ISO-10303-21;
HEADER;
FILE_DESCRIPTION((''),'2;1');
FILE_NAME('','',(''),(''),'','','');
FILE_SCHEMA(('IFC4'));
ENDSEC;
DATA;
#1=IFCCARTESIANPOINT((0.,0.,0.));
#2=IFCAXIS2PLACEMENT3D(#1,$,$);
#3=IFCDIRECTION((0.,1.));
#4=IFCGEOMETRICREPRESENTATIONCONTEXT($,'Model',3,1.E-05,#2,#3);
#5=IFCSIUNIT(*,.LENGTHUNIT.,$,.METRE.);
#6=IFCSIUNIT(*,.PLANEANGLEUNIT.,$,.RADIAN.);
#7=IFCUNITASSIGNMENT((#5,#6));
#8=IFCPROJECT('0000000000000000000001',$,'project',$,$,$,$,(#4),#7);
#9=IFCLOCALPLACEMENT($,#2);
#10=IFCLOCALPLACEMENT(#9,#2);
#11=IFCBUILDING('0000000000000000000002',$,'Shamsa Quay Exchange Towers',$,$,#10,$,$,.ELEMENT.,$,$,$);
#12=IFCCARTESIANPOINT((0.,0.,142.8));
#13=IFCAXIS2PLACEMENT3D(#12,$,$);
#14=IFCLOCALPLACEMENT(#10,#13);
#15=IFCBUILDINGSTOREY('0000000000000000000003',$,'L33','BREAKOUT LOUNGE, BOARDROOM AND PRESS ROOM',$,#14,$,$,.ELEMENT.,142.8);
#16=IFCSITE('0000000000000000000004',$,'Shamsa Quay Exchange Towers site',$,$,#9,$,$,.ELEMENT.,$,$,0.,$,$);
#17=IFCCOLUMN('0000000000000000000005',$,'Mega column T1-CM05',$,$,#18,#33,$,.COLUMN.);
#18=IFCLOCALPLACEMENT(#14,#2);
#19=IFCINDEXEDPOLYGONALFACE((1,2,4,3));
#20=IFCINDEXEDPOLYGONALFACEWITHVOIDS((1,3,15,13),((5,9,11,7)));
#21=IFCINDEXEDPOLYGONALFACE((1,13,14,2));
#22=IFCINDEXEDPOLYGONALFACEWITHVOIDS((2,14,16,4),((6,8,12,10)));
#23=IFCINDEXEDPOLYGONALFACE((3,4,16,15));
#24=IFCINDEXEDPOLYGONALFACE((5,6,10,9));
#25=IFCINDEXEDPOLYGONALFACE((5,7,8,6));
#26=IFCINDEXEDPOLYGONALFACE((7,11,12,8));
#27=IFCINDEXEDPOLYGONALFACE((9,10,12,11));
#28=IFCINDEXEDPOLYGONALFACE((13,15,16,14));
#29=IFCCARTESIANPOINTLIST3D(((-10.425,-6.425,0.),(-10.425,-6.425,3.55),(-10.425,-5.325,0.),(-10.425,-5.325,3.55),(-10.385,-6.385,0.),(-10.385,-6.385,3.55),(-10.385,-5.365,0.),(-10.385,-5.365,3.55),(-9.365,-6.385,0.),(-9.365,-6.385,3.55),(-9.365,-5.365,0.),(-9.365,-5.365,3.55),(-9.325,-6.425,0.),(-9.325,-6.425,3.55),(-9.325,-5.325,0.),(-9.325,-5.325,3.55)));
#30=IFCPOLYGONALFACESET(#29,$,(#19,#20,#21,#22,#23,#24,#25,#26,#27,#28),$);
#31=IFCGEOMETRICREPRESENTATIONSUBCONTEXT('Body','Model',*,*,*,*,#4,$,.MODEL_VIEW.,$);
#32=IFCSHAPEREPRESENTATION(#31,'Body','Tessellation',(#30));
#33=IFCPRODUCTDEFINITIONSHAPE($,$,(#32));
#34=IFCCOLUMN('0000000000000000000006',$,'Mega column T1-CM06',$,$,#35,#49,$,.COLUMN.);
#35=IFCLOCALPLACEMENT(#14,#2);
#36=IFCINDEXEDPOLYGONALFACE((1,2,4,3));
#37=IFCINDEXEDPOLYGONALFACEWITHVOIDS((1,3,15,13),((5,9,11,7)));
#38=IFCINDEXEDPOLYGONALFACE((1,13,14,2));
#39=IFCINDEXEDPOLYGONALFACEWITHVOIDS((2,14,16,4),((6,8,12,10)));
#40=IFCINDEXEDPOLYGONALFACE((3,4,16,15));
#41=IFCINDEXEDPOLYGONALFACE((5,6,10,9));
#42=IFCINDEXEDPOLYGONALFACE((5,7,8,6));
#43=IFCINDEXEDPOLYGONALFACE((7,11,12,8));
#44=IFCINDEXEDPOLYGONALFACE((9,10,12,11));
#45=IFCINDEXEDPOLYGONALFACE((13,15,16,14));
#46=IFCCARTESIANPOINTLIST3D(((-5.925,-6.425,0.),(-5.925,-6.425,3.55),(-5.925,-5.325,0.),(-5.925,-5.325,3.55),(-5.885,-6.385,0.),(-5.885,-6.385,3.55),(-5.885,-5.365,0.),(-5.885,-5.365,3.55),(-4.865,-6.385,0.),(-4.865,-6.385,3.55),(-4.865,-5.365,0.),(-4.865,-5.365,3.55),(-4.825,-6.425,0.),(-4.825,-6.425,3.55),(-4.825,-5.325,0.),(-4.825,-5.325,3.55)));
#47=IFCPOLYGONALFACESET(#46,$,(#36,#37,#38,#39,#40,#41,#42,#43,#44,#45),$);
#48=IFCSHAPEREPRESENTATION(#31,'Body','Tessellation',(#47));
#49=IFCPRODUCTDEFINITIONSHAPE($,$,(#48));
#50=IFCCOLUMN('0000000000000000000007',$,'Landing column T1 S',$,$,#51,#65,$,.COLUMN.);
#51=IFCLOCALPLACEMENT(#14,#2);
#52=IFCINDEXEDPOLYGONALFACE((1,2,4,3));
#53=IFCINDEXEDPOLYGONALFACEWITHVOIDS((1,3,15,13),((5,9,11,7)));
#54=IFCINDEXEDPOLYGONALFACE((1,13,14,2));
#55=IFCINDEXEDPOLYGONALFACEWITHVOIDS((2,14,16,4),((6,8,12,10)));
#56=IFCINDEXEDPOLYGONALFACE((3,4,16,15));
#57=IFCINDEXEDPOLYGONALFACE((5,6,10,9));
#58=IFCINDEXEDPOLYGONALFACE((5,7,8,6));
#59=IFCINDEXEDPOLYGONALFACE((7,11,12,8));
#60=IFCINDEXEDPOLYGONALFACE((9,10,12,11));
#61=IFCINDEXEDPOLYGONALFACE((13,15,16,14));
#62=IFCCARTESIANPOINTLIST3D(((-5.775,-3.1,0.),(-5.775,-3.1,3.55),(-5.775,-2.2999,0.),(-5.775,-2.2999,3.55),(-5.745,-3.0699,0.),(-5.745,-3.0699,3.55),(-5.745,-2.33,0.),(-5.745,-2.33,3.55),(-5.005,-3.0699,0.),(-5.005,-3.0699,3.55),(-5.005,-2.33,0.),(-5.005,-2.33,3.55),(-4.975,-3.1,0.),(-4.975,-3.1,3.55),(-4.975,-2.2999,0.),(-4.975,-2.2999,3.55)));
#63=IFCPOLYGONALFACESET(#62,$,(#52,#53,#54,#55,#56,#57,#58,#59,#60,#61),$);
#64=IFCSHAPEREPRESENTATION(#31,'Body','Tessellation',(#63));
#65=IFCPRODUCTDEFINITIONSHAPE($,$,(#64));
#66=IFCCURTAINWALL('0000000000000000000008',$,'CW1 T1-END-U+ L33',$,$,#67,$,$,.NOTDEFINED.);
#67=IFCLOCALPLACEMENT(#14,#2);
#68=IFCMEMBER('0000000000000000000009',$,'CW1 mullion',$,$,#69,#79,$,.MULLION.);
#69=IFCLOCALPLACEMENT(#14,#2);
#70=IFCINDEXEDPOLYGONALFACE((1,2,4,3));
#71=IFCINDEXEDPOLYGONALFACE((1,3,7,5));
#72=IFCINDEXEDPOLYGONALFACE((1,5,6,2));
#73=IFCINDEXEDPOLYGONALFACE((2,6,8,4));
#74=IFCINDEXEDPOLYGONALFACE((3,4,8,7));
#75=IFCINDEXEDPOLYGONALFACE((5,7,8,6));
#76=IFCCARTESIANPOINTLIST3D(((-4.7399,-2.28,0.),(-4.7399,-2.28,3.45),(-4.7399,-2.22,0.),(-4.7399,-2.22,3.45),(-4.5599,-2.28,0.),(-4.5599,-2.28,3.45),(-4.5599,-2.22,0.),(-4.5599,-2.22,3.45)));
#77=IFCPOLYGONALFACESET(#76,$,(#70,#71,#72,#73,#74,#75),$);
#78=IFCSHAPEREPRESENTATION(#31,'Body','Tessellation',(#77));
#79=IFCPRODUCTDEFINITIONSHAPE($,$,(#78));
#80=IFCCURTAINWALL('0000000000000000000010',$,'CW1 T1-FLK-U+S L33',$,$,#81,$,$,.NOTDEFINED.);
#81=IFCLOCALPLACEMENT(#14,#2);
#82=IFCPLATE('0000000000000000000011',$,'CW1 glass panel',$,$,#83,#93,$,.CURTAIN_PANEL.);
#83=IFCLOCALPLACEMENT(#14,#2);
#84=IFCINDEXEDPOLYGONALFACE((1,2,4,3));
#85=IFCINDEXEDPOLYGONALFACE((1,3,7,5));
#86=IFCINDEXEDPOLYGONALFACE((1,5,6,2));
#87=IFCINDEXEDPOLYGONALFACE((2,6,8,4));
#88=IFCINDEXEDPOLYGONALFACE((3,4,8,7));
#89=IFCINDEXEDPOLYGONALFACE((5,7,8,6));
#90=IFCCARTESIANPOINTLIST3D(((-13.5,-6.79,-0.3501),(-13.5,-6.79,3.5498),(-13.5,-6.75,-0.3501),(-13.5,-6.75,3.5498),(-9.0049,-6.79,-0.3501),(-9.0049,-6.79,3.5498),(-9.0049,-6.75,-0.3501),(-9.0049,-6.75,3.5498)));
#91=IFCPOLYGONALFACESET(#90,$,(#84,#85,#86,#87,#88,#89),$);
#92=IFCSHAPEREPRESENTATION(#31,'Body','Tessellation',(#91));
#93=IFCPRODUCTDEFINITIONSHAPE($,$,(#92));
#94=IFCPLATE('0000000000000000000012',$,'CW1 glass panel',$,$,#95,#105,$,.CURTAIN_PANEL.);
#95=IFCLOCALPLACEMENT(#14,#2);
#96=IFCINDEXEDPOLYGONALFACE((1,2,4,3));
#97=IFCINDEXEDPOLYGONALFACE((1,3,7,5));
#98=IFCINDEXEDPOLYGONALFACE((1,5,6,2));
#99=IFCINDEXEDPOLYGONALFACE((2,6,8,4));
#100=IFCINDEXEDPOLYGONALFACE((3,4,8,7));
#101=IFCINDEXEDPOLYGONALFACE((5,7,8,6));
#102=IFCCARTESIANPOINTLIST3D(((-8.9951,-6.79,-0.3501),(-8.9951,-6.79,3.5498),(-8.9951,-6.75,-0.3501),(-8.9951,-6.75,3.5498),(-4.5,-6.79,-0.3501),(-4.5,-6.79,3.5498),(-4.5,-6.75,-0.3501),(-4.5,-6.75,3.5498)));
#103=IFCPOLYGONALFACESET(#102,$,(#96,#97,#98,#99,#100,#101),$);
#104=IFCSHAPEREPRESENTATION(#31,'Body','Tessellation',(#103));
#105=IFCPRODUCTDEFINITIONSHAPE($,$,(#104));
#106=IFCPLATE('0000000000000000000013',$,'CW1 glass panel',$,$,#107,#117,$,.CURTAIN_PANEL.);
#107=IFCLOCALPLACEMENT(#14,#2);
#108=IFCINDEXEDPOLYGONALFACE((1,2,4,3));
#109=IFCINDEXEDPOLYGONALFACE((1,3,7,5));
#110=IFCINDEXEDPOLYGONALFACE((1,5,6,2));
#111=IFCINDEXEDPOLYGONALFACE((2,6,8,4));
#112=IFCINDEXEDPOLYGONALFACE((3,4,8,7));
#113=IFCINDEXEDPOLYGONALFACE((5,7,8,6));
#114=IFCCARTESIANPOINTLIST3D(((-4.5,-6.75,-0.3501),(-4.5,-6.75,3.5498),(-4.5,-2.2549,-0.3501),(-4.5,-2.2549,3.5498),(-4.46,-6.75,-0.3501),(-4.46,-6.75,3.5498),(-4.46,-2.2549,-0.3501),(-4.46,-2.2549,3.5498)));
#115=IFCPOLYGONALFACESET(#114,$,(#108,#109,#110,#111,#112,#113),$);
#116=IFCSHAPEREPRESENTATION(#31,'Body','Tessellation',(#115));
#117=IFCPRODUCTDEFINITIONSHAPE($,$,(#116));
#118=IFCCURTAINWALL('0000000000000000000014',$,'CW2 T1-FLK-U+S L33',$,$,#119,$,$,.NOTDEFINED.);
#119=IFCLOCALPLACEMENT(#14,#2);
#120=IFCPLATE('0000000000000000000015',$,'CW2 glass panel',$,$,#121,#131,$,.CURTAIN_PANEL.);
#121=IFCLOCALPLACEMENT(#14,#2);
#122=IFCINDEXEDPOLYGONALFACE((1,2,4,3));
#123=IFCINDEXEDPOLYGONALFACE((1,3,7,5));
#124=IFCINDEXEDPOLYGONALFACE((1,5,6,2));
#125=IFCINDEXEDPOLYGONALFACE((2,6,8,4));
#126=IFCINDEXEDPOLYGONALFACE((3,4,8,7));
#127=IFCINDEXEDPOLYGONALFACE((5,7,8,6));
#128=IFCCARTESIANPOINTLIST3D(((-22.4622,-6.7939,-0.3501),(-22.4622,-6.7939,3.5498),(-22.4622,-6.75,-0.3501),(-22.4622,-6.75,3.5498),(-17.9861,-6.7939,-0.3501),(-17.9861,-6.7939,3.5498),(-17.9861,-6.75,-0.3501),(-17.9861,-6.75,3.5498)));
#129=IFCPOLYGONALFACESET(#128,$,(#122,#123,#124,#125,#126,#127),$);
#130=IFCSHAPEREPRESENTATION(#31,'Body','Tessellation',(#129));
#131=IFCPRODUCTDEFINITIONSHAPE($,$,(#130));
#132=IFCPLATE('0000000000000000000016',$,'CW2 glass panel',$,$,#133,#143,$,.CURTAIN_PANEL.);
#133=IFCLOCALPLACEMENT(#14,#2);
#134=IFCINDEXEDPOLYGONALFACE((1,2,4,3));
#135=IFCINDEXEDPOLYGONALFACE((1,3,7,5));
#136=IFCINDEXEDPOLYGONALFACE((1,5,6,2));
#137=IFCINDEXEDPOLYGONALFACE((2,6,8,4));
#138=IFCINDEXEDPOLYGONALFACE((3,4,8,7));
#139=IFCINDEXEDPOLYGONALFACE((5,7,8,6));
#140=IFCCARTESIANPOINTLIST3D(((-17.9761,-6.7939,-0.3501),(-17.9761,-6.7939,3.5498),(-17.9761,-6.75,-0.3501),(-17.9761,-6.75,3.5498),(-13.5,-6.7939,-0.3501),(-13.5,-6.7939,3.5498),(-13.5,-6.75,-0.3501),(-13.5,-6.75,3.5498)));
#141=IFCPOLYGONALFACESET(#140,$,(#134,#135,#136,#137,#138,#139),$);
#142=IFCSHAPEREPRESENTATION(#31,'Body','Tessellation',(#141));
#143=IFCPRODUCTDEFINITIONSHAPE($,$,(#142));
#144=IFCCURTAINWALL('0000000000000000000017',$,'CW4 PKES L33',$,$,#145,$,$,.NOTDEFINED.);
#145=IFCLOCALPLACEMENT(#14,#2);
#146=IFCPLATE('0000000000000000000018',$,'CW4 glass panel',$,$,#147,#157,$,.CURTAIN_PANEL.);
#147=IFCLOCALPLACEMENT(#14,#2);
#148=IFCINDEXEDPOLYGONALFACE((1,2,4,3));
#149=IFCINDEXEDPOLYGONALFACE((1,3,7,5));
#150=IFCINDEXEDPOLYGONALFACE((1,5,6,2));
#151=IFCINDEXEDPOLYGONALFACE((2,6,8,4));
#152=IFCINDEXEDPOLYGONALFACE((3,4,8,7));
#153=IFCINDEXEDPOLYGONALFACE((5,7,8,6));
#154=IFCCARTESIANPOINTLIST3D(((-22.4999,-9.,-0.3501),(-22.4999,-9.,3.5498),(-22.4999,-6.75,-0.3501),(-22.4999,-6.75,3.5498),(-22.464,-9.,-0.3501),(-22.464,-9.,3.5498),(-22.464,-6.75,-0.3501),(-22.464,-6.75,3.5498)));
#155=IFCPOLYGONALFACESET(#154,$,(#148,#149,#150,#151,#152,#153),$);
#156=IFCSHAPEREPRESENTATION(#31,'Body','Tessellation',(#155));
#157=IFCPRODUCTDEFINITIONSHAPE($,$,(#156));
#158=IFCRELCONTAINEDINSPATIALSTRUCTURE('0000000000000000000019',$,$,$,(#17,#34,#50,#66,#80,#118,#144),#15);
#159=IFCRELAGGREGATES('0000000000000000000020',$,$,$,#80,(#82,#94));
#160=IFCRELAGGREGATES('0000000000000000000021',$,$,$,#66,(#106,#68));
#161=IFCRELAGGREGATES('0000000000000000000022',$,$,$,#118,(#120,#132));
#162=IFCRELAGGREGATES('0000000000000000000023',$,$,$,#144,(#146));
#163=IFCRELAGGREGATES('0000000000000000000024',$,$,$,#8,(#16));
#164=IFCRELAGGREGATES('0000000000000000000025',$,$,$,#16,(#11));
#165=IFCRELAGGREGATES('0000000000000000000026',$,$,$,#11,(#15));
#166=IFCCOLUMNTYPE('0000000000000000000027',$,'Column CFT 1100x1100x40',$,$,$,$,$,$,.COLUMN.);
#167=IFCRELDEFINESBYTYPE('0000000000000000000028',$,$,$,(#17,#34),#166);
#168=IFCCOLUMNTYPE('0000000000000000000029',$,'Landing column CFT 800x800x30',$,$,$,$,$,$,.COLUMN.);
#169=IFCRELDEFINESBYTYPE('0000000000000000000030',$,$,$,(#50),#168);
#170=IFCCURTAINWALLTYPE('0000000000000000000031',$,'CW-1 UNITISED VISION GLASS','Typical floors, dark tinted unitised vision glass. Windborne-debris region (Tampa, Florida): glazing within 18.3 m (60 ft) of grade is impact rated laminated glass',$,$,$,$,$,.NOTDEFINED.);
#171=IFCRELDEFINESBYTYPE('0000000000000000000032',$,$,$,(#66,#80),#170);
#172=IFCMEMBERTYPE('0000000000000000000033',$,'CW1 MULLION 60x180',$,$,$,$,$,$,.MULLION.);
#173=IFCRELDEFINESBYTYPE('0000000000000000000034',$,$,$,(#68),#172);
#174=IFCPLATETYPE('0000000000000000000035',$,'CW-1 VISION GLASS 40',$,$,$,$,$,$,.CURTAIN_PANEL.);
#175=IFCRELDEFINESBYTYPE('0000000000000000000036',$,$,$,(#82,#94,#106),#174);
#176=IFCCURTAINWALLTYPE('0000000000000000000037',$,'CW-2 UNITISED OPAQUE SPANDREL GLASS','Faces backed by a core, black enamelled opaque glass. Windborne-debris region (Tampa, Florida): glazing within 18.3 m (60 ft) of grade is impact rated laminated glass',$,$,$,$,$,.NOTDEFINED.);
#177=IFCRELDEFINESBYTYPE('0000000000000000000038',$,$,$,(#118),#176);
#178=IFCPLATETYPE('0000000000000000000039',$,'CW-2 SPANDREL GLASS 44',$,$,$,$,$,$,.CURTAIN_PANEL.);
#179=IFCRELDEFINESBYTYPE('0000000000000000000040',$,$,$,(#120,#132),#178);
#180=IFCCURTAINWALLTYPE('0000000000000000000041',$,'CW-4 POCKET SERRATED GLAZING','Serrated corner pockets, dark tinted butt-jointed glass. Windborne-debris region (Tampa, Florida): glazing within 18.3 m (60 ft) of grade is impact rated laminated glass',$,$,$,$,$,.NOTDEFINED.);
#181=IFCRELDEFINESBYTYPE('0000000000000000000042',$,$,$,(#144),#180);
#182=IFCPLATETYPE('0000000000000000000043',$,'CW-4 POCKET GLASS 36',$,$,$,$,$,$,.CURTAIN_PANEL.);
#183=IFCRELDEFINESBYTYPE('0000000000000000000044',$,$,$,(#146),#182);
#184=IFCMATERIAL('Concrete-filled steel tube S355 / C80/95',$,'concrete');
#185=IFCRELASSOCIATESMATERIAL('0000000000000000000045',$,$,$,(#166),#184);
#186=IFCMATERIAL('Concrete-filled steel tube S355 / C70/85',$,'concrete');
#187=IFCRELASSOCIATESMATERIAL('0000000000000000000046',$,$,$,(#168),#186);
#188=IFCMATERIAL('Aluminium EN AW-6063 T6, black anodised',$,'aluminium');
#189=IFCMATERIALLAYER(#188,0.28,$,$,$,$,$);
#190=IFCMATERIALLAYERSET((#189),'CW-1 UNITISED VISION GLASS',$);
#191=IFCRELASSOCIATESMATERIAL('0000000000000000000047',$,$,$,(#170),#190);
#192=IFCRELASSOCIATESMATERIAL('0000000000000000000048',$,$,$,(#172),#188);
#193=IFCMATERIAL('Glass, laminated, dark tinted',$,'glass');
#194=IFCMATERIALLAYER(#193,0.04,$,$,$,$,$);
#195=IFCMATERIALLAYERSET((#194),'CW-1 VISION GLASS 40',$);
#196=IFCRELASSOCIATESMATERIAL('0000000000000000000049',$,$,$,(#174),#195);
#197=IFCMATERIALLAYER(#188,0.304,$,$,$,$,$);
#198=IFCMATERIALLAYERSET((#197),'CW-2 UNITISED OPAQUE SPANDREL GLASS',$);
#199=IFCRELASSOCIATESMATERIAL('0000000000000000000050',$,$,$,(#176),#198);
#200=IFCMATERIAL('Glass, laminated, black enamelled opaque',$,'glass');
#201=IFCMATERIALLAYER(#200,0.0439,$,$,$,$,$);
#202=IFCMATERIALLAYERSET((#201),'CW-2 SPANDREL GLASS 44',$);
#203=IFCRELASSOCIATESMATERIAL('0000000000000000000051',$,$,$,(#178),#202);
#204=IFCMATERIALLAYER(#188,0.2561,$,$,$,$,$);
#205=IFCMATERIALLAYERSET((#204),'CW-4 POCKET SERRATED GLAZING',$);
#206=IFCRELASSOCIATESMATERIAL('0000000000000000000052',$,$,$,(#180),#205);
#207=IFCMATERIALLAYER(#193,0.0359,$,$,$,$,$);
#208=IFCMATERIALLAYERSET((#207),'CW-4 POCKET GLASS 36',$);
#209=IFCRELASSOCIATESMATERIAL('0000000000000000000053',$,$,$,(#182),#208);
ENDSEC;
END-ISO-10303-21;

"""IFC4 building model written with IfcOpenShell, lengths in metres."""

from ifc_helpers import new_model, si_unit, direction, frame, origin, origin_2d, place, context, subcontext, project, spatial, rectangle, hollow_rectangle, extrude, material, layer, layer_set, material_profile, profile_set, type_object, element, aggregate, save


model = new_model("IFC4")

# Units and contexts
model_context = context("Model", 3, precision=1e-05, world=origin(), true_north=direction((0.0, 1.0)))
body_context = subcontext(model_context, "Body", "Model", "MODEL_VIEW")
ifc_project = project(units=[si_unit("LENGTHUNIT", "METRE"), si_unit("PLANEANGLEUNIT", "RADIAN")], contexts=[model_context])

# Site, building, storey
site_placement = place(None, origin())
site = spatial("IfcSite", under=ifc_project, at=site_placement, Name="Shamsa Quay Exchange Towers site", CompositionType="ELEMENT", RefElevation=0.0)
building_placement = place(site_placement, origin())
building = spatial("IfcBuilding", under=site, at=building_placement, Name="Shamsa Quay Exchange Towers", CompositionType="ELEMENT")
storey_placement = place(building_placement, frame((0.0, 0.0, 142.8)))
storey = spatial("IfcBuildingStorey", under=building, at=storey_placement, Name="L33", Description="BREAKOUT LOUNGE, BOARDROOM AND PRESS ROOM", CompositionType="ELEMENT", Elevation=142.8)

# Columns
ifc_material_1 = material(Name="Concrete-filled steel tube S355 / C80/95", Category="concrete")
ifc_material_profile_1 = material_profile(ifc_material_1, hollow_rectangle(XDim=1.1001, YDim=1.1001, WallThickness=0.04, at=origin_2d()), Name="CFT 1100x1100x40")
ifc_profile_set_1 = profile_set([ifc_material_profile_1], Name="Concrete-filled steel tube S355 / C80/95")
column_type_1 = type_object("IfcColumnType", Name="Column CFT 1100x1100x40", PredefinedType="COLUMN", material=ifc_profile_set_1)
for number, where, name in (
    (1, (-9.875, -5.875, 0.0), "Mega column T1-CM05"),
    (2, (-5.375, -5.875, 0.0), "Mega column T1-CM06"),
):
    element("IfcColumn", number, at=place(storey_placement, frame(where)), inside=storey, type_object=column_type_1, Name=name, PredefinedType="COLUMN", context=body_context, shape_type="SweptSolid", body=[
        extrude(hollow_rectangle(XDim=1.1001, YDim=1.1001, WallThickness=0.04, at=origin_2d()), origin(), (0.0, 0.0, 1.0), 3.55),
    ])
ifc_material_2 = material(Name="Concrete-filled steel tube S355 / C70/85", Category="concrete")
ifc_material_profile_2 = material_profile(ifc_material_2, hollow_rectangle(XDim=0.8, YDim=0.8, WallThickness=0.03, at=origin_2d()), Name="CFT 800x800x30")
ifc_profile_set_2 = profile_set([ifc_material_profile_2], Name="Concrete-filled steel tube S355 / C70/85")
column_type_2 = type_object("IfcColumnType", Name="Landing column CFT 800x800x30", PredefinedType="COLUMN", material=ifc_profile_set_2)
column_placement = place(storey_placement, frame((-5.375, -2.7, 0.0)))
element("IfcColumn", 3, at=column_placement, inside=storey, type_object=column_type_2, Name="Landing column T1 S", PredefinedType="COLUMN", context=body_context, shape_type="SweptSolid", body=[
    extrude(hollow_rectangle(XDim=0.8, YDim=0.8, WallThickness=0.03, at=origin_2d()), origin(), (0.0, 0.0, 1.0), 3.55),
])

# Curtain wall, member
ifc_material_3 = material(Name="Aluminium EN AW-6063 T6, black anodised", Category="aluminium")
ifc_layer_1 = layer(ifc_material_3, 0.28)
ifc_layer_set_1 = layer_set([ifc_layer_1], Name="CW-1 UNITISED VISION GLASS")
curtain_wall_type_1 = type_object("IfcCurtainWallType", Name="CW-1 UNITISED VISION GLASS", Description="Typical floors, dark tinted unitised vision glass. Windborne-debris region (Tampa, Florida): glazing within 18.3 m (60 ft) of grade is impact rated laminated glass", PredefinedType="NOTDEFINED", material=ifc_layer_set_1)
curtain_wall_1_placement = place(storey_placement, origin())
curtain_wall_1 = element("IfcCurtainWall", 4, at=curtain_wall_1_placement, inside=storey, type_object=curtain_wall_type_1, Name="CW1 T1-END-U+ L33", PredefinedType="NOTDEFINED")
ifc_material_profile_3 = material_profile(ifc_material_3, rectangle(XDim=0.1799, YDim=0.0601, at=origin_2d()), Name="MU60x180")
ifc_profile_set_3 = profile_set([ifc_material_profile_3], Name="Aluminium EN AW-6063 T6, black anodised")
member_type = type_object("IfcMemberType", Name="CW1 MULLION 60x180", PredefinedType="MULLION", material=ifc_profile_set_3)
member_placement = place(storey_placement, frame((-4.6499, -2.25, 0.0), z_axis=(0.0, 0.0, 1.0), x_axis=(-1.0, 0.0, 0.0)))
member = element("IfcMember", 5, at=member_placement, type_object=member_type, Name="CW1 mullion", PredefinedType="MULLION", context=body_context, shape_type="SweptSolid", body=[
    extrude(rectangle(XDim=0.1799, YDim=0.0601, at=origin_2d()), origin(), (0.0, 0.0, 1.0), 3.45),
])

# Curtain wall, plates
curtain_wall_2_placement = place(storey_placement, origin())
curtain_wall_2 = element("IfcCurtainWall", 6, at=curtain_wall_2_placement, inside=storey, type_object=curtain_wall_type_1, Name="CW1 T1-FLK-U+S L33", PredefinedType="NOTDEFINED")
ifc_material_4 = material(Name="Glass, laminated, dark tinted", Category="glass")
ifc_layer_2 = layer(ifc_material_4, 0.04)
ifc_layer_set_2 = layer_set([ifc_layer_2], Name="CW-1 VISION GLASS 40")
plate_type_1 = type_object("IfcPlateType", Name="CW-1 VISION GLASS 40", PredefinedType="CURTAIN_PANEL", material=ifc_layer_set_2)
plate_1_placement = place(storey_placement, frame((-11.2524, -6.77, -0.3501)))
plate_1 = element("IfcPlate", 7, at=plate_1_placement, type_object=plate_type_1, Name="CW1 glass panel", PredefinedType="CURTAIN_PANEL", context=body_context, shape_type="SweptSolid", body=[
    extrude(rectangle(XDim=4.4951, YDim=0.04, at=origin_2d()), origin(), (0.0, 0.0, 1.0), 3.8999),
])
plate_2_placement = place(storey_placement, frame((-6.7476, -6.77, -0.3501)))
plate_2 = element("IfcPlate", 8, at=plate_2_placement, type_object=plate_type_1, Name="CW1 glass panel", PredefinedType="CURTAIN_PANEL", context=body_context, shape_type="SweptSolid", body=[
    extrude(rectangle(XDim=4.4951, YDim=0.04, at=origin_2d()), origin(), (0.0, 0.0, 1.0), 3.8999),
])
aggregate(curtain_wall_2, [plate_1, plate_2])

# Plate
plate_3_placement = place(storey_placement, frame((-4.48, -4.5024, -0.3501), z_axis=(0.0, 0.0, 1.0), x_axis=(0.0, 1.0, 0.0)))
plate_3 = element("IfcPlate", 9, at=plate_3_placement, type_object=plate_type_1, Name="CW1 glass panel", PredefinedType="CURTAIN_PANEL", context=body_context, shape_type="SweptSolid", body=[
    extrude(rectangle(XDim=4.4951, YDim=0.04, at=origin_2d()), origin(), (0.0, 0.0, 1.0), 3.8999),
])
aggregate(curtain_wall_1, [plate_3, member])

# Curtain wall, plates
ifc_layer_3 = layer(ifc_material_3, 0.304)
ifc_layer_set_3 = layer_set([ifc_layer_3], Name="CW-2 UNITISED OPAQUE SPANDREL GLASS")
curtain_wall_type_2 = type_object("IfcCurtainWallType", Name="CW-2 UNITISED OPAQUE SPANDREL GLASS", Description="Faces backed by a core, black enamelled opaque glass. Windborne-debris region (Tampa, Florida): glazing within 18.3 m (60 ft) of grade is impact rated laminated glass", PredefinedType="NOTDEFINED", material=ifc_layer_set_3)
curtain_wall_3_placement = place(storey_placement, origin())
curtain_wall_3 = element("IfcCurtainWall", 10, at=curtain_wall_3_placement, inside=storey, type_object=curtain_wall_type_2, Name="CW2 T1-FLK-U+S L33", PredefinedType="NOTDEFINED")
ifc_material_5 = material(Name="Glass, laminated, black enamelled opaque", Category="glass")
ifc_layer_4 = layer(ifc_material_5, 0.0439)
ifc_layer_set_4 = layer_set([ifc_layer_4], Name="CW-2 SPANDREL GLASS 44")
plate_type_2 = type_object("IfcPlateType", Name="CW-2 SPANDREL GLASS 44", PredefinedType="CURTAIN_PANEL", material=ifc_layer_set_4)
plate_4_placement = place(storey_placement, frame((-20.2241, -6.772, -0.3501)))
plate_4 = element("IfcPlate", 11, at=plate_4_placement, type_object=plate_type_2, Name="CW2 glass panel", PredefinedType="CURTAIN_PANEL", context=body_context, shape_type="SweptSolid", body=[
    extrude(rectangle(XDim=4.4761, YDim=0.0439, at=origin_2d()), origin(), (0.0, 0.0, 1.0), 3.8999),
])
plate_5_placement = place(storey_placement, frame((-15.738, -6.772, -0.3501)))
plate_5 = element("IfcPlate", 12, at=plate_5_placement, type_object=plate_type_2, Name="CW2 glass panel", PredefinedType="CURTAIN_PANEL", context=body_context, shape_type="SweptSolid", body=[
    extrude(rectangle(XDim=4.4761, YDim=0.0439, at=origin_2d()), origin(), (0.0, 0.0, 1.0), 3.8999),
])
aggregate(curtain_wall_3, [plate_4, plate_5])

# Curtain wall, plate
ifc_layer_5 = layer(ifc_material_3, 0.2561)
ifc_layer_set_5 = layer_set([ifc_layer_5], Name="CW-4 POCKET SERRATED GLAZING")
curtain_wall_type_3 = type_object("IfcCurtainWallType", Name="CW-4 POCKET SERRATED GLAZING", Description="Serrated corner pockets, dark tinted butt-jointed glass. Windborne-debris region (Tampa, Florida): glazing within 18.3 m (60 ft) of grade is impact rated laminated glass", PredefinedType="NOTDEFINED", material=ifc_layer_set_5)
curtain_wall_4_placement = place(storey_placement, origin())
curtain_wall_4 = element("IfcCurtainWall", 13, at=curtain_wall_4_placement, inside=storey, type_object=curtain_wall_type_3, Name="CW4 PKES L33", PredefinedType="NOTDEFINED")
ifc_layer_6 = layer(ifc_material_4, 0.0359)
ifc_layer_set_6 = layer_set([ifc_layer_6], Name="CW-4 POCKET GLASS 36")
plate_type_3 = type_object("IfcPlateType", Name="CW-4 POCKET GLASS 36", PredefinedType="CURTAIN_PANEL", material=ifc_layer_set_6)
plate_6_placement = place(storey_placement, frame((-22.4819, -7.875, -0.3501), z_axis=(0.0, 0.0, 1.0), x_axis=(0.0, 1.0, 0.0)))
plate_6 = element("IfcPlate", 14, at=plate_6_placement, type_object=plate_type_3, Name="CW4 glass panel", PredefinedType="CURTAIN_PANEL", context=body_context, shape_type="SweptSolid", body=[
    extrude(rectangle(XDim=2.25, YDim=0.0359, at=origin_2d()), origin(), (0.0, 0.0, 1.0), 3.8999),
])
aggregate(curtain_wall_4, [plate_6])

save(model, "model.ifc")
